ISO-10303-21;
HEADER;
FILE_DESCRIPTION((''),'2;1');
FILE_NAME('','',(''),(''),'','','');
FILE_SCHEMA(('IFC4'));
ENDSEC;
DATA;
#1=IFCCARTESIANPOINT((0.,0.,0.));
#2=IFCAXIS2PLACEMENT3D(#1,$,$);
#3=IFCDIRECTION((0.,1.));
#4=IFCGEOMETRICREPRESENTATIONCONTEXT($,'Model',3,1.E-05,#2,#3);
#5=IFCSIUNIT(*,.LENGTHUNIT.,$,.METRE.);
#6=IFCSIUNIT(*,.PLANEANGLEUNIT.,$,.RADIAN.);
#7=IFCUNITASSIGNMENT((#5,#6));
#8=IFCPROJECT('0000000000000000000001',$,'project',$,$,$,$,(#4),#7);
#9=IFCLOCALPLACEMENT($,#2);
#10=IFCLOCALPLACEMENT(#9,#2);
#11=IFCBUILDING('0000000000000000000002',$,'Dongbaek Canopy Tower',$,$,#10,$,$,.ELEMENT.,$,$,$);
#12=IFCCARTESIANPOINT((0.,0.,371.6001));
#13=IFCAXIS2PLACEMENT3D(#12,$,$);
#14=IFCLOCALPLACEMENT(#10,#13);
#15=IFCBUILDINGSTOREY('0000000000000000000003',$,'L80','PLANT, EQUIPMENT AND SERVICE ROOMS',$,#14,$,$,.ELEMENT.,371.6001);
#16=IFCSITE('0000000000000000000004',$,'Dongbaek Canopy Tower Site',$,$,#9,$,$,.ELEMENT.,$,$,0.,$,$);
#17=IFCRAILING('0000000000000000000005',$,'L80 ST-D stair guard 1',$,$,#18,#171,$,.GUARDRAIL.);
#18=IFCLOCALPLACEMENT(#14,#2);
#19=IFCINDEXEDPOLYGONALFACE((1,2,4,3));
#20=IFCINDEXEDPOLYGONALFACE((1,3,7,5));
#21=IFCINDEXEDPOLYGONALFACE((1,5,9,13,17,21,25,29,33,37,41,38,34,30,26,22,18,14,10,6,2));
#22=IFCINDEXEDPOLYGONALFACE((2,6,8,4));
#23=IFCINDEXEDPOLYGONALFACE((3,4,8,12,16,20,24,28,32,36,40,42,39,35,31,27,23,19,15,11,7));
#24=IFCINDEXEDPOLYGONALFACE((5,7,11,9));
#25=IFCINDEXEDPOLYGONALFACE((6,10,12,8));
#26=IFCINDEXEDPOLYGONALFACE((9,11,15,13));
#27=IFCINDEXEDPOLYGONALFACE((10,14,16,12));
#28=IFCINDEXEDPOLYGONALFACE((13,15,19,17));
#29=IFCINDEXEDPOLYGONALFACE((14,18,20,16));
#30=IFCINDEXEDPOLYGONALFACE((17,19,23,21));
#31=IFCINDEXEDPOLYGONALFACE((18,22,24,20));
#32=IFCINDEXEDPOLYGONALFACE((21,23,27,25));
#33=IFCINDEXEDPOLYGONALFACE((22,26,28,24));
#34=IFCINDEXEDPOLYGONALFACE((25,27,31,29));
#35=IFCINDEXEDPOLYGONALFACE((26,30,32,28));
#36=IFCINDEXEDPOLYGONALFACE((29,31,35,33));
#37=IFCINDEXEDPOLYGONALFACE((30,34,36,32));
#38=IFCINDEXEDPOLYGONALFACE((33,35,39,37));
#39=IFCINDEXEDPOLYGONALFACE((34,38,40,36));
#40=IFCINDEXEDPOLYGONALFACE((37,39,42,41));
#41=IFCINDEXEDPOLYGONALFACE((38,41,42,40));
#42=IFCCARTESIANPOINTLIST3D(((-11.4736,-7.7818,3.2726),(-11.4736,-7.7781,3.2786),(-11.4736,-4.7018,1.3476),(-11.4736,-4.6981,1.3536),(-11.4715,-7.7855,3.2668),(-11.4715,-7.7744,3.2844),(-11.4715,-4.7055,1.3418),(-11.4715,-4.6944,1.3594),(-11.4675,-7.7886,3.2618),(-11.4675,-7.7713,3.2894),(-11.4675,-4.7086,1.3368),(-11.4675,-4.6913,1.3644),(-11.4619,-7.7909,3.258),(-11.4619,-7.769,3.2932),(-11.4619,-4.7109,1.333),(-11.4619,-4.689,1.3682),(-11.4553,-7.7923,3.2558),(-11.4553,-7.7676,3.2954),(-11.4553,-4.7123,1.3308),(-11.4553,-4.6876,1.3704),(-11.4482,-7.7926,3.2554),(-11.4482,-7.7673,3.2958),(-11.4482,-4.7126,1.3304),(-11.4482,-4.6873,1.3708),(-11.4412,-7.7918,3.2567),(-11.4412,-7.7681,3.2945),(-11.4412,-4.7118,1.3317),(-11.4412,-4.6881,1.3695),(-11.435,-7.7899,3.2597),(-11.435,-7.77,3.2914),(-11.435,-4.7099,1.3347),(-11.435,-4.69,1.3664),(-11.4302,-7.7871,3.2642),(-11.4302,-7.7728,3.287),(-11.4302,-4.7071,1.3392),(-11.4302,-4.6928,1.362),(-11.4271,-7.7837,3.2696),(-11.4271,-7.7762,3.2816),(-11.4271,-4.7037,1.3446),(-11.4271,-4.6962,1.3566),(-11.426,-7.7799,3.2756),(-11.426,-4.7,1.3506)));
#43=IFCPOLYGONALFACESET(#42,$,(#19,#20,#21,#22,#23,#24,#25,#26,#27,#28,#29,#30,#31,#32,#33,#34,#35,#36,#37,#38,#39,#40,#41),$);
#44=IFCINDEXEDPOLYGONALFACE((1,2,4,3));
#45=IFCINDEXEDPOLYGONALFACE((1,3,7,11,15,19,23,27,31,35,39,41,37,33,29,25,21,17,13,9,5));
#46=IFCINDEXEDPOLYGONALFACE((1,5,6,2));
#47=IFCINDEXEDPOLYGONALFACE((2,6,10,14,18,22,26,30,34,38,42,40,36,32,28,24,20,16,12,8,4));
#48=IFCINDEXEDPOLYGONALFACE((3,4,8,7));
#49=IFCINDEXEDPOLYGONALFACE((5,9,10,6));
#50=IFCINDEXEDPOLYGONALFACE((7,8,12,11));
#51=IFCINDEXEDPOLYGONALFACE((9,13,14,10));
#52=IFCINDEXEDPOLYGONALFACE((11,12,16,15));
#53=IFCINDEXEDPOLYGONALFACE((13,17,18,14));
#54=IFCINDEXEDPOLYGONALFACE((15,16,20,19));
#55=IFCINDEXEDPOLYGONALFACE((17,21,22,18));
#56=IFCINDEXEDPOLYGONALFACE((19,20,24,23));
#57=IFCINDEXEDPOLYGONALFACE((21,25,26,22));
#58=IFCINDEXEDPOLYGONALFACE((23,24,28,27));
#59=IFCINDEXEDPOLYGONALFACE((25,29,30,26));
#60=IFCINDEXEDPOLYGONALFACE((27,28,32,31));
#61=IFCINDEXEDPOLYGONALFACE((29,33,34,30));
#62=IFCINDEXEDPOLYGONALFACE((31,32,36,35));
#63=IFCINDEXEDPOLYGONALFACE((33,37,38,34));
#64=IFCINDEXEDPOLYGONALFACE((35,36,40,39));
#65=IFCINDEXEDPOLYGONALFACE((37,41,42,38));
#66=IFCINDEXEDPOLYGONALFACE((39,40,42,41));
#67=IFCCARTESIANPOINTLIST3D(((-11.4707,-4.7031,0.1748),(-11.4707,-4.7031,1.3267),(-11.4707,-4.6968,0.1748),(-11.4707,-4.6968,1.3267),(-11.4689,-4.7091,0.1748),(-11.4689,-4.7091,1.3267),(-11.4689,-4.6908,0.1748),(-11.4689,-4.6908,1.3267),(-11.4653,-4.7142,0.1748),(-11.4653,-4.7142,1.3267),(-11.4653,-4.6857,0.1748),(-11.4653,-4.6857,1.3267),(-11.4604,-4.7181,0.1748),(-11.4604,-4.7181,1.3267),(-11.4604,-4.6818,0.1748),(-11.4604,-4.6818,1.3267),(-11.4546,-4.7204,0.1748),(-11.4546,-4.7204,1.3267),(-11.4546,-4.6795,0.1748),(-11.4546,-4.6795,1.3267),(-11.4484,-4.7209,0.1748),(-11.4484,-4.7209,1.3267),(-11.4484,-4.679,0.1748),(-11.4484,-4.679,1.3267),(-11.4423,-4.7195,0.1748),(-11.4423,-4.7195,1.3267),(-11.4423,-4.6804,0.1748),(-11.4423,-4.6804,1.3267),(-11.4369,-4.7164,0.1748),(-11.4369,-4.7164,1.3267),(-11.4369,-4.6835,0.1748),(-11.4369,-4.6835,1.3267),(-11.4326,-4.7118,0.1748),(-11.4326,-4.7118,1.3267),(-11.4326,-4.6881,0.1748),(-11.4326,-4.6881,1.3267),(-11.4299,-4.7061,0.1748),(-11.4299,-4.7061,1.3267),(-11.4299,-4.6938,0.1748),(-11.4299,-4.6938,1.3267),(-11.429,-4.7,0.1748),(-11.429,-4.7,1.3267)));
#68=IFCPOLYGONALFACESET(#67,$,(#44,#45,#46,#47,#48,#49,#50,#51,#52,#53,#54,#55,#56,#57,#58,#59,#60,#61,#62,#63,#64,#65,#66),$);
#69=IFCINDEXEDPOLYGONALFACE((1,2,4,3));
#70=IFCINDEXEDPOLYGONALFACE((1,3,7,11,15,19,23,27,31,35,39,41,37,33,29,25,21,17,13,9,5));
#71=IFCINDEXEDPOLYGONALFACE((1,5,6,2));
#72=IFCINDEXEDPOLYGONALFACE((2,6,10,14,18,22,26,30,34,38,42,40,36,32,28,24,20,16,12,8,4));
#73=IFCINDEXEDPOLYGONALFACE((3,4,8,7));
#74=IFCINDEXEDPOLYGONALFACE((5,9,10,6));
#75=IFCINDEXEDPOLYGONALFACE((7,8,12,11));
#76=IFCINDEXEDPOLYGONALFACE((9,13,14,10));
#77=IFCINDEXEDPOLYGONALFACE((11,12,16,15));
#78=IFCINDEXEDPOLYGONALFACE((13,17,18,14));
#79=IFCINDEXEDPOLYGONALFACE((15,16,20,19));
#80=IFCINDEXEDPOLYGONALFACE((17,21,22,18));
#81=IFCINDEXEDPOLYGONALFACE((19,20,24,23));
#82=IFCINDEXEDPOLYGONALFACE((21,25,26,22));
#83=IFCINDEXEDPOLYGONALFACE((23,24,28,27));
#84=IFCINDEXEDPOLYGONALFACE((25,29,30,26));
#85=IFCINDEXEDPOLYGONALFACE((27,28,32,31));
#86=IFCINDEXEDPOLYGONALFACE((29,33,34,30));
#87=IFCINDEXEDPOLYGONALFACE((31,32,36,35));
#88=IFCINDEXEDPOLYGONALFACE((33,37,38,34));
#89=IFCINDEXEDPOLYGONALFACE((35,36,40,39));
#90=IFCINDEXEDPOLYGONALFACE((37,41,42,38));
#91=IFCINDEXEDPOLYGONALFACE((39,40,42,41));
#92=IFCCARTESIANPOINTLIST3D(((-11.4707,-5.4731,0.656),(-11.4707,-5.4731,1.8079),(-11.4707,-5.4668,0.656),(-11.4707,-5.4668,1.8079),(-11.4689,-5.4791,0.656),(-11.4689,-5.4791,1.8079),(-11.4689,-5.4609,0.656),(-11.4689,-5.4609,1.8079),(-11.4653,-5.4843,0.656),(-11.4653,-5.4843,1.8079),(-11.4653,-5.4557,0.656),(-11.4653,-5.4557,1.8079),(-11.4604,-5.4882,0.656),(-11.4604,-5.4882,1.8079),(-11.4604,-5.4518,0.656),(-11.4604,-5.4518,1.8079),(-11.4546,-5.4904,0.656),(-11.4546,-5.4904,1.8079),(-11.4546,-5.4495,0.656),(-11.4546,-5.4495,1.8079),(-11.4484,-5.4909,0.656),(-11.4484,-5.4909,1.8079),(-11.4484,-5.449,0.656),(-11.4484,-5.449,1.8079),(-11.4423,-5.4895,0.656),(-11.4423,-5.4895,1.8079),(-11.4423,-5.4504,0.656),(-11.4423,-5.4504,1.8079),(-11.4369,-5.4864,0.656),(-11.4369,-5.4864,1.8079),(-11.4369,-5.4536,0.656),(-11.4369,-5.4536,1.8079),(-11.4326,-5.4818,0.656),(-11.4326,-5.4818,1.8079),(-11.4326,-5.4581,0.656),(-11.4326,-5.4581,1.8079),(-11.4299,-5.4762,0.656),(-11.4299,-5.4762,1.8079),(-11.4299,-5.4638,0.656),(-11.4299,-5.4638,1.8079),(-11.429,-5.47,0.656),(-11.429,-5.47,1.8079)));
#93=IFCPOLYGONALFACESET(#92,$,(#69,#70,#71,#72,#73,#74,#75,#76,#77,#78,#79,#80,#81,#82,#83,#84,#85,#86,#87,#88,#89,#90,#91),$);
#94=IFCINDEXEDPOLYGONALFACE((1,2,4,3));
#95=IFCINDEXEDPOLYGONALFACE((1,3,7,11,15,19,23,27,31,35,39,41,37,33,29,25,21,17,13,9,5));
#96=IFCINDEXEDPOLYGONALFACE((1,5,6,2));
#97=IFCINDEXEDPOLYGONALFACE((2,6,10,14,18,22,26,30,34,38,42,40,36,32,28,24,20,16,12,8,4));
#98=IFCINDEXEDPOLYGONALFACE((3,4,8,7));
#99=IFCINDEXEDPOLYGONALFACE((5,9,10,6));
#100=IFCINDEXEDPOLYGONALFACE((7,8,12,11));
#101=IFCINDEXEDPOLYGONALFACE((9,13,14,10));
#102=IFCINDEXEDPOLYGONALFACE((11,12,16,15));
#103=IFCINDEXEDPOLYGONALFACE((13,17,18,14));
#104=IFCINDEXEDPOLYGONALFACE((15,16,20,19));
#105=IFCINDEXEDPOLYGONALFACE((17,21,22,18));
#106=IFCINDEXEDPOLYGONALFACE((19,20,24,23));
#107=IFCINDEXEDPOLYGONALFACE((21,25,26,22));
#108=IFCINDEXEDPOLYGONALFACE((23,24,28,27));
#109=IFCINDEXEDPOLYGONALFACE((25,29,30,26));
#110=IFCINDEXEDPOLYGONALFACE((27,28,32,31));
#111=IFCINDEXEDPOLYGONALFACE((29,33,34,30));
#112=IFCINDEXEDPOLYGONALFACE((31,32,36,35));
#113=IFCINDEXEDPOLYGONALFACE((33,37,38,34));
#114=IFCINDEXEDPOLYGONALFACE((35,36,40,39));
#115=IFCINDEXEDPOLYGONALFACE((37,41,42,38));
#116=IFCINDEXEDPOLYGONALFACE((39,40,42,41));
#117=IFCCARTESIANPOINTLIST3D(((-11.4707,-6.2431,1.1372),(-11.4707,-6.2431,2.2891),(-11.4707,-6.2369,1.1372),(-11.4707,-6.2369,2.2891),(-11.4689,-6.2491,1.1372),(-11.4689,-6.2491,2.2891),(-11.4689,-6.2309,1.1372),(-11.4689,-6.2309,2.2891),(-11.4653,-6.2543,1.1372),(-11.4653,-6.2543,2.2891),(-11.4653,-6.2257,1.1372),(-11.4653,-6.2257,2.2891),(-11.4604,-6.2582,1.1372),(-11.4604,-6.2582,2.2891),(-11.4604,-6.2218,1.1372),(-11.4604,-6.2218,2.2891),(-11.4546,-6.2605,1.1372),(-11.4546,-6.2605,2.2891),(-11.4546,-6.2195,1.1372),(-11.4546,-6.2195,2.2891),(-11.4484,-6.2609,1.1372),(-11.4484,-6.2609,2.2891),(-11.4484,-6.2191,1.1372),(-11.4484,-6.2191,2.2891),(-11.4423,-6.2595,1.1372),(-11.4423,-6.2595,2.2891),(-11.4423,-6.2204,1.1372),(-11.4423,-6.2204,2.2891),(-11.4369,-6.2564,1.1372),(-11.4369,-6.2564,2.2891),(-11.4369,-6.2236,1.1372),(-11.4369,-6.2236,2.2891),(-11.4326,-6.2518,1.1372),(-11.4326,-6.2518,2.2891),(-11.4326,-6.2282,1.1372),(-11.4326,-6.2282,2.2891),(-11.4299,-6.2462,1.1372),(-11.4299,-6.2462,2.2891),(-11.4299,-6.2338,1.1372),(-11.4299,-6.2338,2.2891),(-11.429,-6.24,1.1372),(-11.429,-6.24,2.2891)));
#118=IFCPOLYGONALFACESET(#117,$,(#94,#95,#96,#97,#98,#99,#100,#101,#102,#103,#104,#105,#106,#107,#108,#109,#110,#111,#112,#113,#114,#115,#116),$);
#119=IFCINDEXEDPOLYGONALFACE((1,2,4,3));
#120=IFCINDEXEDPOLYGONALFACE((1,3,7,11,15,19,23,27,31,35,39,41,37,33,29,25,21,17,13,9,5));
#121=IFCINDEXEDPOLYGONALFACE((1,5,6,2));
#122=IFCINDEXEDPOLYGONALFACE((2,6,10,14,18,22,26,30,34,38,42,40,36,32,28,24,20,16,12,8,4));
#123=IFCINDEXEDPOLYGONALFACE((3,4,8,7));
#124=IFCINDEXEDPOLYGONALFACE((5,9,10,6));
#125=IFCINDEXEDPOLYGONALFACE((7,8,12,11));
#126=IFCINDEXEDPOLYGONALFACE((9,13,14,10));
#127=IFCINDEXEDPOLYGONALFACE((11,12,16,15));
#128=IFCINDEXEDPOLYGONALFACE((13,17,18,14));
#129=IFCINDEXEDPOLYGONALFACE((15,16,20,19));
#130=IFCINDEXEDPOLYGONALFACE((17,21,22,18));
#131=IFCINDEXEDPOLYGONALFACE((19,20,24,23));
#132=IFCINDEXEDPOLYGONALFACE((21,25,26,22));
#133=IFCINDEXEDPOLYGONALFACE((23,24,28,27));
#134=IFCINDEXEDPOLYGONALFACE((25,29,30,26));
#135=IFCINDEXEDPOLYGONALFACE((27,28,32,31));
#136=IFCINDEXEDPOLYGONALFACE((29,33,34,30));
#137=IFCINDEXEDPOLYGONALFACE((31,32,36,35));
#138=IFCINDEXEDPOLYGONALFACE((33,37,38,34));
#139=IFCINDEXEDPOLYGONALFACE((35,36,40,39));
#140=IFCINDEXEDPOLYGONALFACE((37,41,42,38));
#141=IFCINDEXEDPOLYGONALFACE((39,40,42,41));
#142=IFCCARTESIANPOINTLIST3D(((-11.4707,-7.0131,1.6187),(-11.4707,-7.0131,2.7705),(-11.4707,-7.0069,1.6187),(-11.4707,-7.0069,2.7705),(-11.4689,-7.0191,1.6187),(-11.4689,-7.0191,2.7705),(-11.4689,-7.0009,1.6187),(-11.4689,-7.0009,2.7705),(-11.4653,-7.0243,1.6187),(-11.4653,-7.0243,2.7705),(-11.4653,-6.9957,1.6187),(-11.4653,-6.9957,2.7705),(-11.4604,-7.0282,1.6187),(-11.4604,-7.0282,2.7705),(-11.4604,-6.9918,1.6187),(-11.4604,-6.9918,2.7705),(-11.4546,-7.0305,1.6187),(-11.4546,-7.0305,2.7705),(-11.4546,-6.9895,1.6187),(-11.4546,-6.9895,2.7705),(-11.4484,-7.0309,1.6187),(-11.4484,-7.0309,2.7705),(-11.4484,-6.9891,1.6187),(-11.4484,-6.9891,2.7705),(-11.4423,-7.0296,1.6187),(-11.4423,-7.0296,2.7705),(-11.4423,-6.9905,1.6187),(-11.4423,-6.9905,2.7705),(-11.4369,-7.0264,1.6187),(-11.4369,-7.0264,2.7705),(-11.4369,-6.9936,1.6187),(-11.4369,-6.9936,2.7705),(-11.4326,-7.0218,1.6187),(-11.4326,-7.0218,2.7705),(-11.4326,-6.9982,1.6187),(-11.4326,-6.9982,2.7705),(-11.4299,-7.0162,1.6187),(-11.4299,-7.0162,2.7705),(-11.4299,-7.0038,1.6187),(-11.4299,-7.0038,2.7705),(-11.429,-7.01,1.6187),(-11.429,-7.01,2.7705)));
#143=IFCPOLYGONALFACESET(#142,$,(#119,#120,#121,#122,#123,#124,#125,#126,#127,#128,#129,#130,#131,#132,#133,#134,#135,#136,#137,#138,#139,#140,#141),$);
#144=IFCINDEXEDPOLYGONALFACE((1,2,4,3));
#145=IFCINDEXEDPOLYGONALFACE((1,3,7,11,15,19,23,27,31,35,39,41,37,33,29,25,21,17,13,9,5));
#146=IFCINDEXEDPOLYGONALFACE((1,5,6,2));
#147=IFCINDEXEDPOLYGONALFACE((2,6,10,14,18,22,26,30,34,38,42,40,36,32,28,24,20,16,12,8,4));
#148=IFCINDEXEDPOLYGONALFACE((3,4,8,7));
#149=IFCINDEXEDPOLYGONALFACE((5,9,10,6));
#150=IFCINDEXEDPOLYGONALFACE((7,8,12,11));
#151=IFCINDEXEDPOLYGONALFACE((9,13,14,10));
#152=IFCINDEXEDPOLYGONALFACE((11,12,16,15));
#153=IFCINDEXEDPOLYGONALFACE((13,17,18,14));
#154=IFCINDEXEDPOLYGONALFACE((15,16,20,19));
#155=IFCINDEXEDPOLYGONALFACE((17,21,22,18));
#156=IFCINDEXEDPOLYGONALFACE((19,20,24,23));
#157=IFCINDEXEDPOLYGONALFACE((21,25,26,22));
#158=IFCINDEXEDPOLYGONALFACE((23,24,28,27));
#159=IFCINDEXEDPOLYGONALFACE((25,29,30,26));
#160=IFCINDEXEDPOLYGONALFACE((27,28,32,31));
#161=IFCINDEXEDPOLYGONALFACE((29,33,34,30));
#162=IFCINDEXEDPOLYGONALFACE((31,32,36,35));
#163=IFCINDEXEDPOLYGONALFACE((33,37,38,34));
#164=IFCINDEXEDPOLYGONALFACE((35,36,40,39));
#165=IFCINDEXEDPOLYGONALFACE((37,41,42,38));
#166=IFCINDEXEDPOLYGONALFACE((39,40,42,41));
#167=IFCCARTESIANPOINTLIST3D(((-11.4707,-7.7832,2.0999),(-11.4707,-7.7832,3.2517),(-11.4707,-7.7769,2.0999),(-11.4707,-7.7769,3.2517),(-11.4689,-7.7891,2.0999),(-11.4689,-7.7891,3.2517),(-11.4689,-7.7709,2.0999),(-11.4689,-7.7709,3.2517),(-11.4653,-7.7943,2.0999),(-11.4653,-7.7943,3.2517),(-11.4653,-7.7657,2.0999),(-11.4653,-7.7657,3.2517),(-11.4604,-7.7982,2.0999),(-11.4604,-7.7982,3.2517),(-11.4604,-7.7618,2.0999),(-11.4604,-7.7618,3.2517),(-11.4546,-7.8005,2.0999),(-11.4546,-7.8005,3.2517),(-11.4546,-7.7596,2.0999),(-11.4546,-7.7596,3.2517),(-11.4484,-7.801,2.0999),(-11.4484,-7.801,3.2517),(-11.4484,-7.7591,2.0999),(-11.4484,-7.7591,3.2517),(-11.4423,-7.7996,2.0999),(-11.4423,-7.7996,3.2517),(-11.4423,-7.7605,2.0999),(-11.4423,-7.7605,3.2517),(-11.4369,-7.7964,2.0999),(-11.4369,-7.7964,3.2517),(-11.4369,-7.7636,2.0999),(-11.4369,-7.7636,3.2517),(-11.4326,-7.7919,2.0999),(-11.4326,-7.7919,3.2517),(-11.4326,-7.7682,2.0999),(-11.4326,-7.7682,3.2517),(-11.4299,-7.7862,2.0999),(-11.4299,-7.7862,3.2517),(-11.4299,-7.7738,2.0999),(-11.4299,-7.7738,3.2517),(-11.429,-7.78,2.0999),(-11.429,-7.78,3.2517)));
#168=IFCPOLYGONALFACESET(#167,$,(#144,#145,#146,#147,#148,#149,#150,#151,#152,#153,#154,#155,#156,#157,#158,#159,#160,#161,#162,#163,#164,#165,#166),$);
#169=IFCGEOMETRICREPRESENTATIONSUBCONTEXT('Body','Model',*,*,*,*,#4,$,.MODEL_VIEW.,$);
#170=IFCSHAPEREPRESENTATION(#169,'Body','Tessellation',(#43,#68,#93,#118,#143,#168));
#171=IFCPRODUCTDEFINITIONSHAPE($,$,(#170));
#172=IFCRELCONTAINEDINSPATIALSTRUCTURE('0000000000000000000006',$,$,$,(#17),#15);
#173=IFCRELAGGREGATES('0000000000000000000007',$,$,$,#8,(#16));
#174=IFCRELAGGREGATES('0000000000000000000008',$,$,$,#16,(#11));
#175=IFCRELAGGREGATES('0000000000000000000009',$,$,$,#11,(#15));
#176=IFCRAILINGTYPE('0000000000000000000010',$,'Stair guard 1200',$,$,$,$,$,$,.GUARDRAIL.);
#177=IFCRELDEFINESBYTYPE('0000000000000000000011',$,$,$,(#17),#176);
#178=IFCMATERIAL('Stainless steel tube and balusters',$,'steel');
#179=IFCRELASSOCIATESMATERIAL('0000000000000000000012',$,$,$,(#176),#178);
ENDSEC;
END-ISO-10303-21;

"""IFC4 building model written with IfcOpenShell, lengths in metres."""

from ifc_helpers import new_model, si_unit, direction, frame, origin, origin_2d, place, context, subcontext, project, spatial, circle, extrude, material, type_object, element, save


model = new_model("IFC4")

# Units and contexts
model_context = context("Model", 3, precision=1e-05, world=origin(), true_north=direction((0.0, 1.0)))
body_context = subcontext(model_context, "Body", "Model", "MODEL_VIEW")
ifc_project = project(units=[si_unit("LENGTHUNIT", "METRE"), si_unit("PLANEANGLEUNIT", "RADIAN")], contexts=[model_context])

# Site, building, storey
site_placement = place(None, origin())
site = spatial("IfcSite", under=ifc_project, at=site_placement, Name="Dongbaek Canopy Tower Site", CompositionType="ELEMENT", RefElevation=0.0)
building_placement = place(site_placement, origin())
building = spatial("IfcBuilding", under=site, at=building_placement, Name="Dongbaek Canopy Tower", CompositionType="ELEMENT")
storey_placement = place(building_placement, frame((0.0, 0.0, 371.6001)))
storey = spatial("IfcBuildingStorey", under=building, at=storey_placement, Name="L80", Description="PLANT, EQUIPMENT AND SERVICE ROOMS", CompositionType="ELEMENT", Elevation=371.6001)

# Railing
ifc_material_1 = material(Name="Stainless steel tube and balusters", Category="steel")
railing_type_1 = type_object("IfcRailingType", Name="Stair guard 1200", PredefinedType="GUARDRAIL", material=ifc_material_1)
railing_1_placement = place(storey_placement, frame((-11.45, -4.7, 0.1748)))
element("IfcRailing", 1, at=railing_1_placement, inside=storey, type_object=railing_type_1, Name="L80 ST-D stair guard 1", PredefinedType="GUARDRAIL", context=body_context, shape_type="SweptSolid", body=[
    extrude(circle(Radius=0.0239, at=origin_2d()), frame((0.0, 0.0, 1.1758), z_axis=(0.0, -0.847998, 0.529999), x_axis=(1.0, 0.0, 0.0)), (0.0, 0.0, 1.0), 3.6321),
    extrude(circle(Radius=0.021, at=origin_2d()), origin(), (0.0, 0.0, 1.0), 1.1519),
    extrude(circle(Radius=0.021, at=origin_2d()), frame((0.0, -0.77, 0.4812)), (0.0, 0.0, 1.0), 1.1519),
    extrude(circle(Radius=0.021, at=origin_2d()), frame((0.0, -1.54, 0.9624)), (0.0, 0.0, 1.0), 1.1519),
    extrude(circle(Radius=0.021, at=origin_2d()), frame((0.0, -2.3101, 1.4438)), (0.0, 0.0, 1.0), 1.1519),
    extrude(circle(Radius=0.021, at=origin_2d()), frame((0.0, -3.0801, 1.925)), (0.0, 0.0, 1.0), 1.1519),
])

save(model, "model.ifc")
